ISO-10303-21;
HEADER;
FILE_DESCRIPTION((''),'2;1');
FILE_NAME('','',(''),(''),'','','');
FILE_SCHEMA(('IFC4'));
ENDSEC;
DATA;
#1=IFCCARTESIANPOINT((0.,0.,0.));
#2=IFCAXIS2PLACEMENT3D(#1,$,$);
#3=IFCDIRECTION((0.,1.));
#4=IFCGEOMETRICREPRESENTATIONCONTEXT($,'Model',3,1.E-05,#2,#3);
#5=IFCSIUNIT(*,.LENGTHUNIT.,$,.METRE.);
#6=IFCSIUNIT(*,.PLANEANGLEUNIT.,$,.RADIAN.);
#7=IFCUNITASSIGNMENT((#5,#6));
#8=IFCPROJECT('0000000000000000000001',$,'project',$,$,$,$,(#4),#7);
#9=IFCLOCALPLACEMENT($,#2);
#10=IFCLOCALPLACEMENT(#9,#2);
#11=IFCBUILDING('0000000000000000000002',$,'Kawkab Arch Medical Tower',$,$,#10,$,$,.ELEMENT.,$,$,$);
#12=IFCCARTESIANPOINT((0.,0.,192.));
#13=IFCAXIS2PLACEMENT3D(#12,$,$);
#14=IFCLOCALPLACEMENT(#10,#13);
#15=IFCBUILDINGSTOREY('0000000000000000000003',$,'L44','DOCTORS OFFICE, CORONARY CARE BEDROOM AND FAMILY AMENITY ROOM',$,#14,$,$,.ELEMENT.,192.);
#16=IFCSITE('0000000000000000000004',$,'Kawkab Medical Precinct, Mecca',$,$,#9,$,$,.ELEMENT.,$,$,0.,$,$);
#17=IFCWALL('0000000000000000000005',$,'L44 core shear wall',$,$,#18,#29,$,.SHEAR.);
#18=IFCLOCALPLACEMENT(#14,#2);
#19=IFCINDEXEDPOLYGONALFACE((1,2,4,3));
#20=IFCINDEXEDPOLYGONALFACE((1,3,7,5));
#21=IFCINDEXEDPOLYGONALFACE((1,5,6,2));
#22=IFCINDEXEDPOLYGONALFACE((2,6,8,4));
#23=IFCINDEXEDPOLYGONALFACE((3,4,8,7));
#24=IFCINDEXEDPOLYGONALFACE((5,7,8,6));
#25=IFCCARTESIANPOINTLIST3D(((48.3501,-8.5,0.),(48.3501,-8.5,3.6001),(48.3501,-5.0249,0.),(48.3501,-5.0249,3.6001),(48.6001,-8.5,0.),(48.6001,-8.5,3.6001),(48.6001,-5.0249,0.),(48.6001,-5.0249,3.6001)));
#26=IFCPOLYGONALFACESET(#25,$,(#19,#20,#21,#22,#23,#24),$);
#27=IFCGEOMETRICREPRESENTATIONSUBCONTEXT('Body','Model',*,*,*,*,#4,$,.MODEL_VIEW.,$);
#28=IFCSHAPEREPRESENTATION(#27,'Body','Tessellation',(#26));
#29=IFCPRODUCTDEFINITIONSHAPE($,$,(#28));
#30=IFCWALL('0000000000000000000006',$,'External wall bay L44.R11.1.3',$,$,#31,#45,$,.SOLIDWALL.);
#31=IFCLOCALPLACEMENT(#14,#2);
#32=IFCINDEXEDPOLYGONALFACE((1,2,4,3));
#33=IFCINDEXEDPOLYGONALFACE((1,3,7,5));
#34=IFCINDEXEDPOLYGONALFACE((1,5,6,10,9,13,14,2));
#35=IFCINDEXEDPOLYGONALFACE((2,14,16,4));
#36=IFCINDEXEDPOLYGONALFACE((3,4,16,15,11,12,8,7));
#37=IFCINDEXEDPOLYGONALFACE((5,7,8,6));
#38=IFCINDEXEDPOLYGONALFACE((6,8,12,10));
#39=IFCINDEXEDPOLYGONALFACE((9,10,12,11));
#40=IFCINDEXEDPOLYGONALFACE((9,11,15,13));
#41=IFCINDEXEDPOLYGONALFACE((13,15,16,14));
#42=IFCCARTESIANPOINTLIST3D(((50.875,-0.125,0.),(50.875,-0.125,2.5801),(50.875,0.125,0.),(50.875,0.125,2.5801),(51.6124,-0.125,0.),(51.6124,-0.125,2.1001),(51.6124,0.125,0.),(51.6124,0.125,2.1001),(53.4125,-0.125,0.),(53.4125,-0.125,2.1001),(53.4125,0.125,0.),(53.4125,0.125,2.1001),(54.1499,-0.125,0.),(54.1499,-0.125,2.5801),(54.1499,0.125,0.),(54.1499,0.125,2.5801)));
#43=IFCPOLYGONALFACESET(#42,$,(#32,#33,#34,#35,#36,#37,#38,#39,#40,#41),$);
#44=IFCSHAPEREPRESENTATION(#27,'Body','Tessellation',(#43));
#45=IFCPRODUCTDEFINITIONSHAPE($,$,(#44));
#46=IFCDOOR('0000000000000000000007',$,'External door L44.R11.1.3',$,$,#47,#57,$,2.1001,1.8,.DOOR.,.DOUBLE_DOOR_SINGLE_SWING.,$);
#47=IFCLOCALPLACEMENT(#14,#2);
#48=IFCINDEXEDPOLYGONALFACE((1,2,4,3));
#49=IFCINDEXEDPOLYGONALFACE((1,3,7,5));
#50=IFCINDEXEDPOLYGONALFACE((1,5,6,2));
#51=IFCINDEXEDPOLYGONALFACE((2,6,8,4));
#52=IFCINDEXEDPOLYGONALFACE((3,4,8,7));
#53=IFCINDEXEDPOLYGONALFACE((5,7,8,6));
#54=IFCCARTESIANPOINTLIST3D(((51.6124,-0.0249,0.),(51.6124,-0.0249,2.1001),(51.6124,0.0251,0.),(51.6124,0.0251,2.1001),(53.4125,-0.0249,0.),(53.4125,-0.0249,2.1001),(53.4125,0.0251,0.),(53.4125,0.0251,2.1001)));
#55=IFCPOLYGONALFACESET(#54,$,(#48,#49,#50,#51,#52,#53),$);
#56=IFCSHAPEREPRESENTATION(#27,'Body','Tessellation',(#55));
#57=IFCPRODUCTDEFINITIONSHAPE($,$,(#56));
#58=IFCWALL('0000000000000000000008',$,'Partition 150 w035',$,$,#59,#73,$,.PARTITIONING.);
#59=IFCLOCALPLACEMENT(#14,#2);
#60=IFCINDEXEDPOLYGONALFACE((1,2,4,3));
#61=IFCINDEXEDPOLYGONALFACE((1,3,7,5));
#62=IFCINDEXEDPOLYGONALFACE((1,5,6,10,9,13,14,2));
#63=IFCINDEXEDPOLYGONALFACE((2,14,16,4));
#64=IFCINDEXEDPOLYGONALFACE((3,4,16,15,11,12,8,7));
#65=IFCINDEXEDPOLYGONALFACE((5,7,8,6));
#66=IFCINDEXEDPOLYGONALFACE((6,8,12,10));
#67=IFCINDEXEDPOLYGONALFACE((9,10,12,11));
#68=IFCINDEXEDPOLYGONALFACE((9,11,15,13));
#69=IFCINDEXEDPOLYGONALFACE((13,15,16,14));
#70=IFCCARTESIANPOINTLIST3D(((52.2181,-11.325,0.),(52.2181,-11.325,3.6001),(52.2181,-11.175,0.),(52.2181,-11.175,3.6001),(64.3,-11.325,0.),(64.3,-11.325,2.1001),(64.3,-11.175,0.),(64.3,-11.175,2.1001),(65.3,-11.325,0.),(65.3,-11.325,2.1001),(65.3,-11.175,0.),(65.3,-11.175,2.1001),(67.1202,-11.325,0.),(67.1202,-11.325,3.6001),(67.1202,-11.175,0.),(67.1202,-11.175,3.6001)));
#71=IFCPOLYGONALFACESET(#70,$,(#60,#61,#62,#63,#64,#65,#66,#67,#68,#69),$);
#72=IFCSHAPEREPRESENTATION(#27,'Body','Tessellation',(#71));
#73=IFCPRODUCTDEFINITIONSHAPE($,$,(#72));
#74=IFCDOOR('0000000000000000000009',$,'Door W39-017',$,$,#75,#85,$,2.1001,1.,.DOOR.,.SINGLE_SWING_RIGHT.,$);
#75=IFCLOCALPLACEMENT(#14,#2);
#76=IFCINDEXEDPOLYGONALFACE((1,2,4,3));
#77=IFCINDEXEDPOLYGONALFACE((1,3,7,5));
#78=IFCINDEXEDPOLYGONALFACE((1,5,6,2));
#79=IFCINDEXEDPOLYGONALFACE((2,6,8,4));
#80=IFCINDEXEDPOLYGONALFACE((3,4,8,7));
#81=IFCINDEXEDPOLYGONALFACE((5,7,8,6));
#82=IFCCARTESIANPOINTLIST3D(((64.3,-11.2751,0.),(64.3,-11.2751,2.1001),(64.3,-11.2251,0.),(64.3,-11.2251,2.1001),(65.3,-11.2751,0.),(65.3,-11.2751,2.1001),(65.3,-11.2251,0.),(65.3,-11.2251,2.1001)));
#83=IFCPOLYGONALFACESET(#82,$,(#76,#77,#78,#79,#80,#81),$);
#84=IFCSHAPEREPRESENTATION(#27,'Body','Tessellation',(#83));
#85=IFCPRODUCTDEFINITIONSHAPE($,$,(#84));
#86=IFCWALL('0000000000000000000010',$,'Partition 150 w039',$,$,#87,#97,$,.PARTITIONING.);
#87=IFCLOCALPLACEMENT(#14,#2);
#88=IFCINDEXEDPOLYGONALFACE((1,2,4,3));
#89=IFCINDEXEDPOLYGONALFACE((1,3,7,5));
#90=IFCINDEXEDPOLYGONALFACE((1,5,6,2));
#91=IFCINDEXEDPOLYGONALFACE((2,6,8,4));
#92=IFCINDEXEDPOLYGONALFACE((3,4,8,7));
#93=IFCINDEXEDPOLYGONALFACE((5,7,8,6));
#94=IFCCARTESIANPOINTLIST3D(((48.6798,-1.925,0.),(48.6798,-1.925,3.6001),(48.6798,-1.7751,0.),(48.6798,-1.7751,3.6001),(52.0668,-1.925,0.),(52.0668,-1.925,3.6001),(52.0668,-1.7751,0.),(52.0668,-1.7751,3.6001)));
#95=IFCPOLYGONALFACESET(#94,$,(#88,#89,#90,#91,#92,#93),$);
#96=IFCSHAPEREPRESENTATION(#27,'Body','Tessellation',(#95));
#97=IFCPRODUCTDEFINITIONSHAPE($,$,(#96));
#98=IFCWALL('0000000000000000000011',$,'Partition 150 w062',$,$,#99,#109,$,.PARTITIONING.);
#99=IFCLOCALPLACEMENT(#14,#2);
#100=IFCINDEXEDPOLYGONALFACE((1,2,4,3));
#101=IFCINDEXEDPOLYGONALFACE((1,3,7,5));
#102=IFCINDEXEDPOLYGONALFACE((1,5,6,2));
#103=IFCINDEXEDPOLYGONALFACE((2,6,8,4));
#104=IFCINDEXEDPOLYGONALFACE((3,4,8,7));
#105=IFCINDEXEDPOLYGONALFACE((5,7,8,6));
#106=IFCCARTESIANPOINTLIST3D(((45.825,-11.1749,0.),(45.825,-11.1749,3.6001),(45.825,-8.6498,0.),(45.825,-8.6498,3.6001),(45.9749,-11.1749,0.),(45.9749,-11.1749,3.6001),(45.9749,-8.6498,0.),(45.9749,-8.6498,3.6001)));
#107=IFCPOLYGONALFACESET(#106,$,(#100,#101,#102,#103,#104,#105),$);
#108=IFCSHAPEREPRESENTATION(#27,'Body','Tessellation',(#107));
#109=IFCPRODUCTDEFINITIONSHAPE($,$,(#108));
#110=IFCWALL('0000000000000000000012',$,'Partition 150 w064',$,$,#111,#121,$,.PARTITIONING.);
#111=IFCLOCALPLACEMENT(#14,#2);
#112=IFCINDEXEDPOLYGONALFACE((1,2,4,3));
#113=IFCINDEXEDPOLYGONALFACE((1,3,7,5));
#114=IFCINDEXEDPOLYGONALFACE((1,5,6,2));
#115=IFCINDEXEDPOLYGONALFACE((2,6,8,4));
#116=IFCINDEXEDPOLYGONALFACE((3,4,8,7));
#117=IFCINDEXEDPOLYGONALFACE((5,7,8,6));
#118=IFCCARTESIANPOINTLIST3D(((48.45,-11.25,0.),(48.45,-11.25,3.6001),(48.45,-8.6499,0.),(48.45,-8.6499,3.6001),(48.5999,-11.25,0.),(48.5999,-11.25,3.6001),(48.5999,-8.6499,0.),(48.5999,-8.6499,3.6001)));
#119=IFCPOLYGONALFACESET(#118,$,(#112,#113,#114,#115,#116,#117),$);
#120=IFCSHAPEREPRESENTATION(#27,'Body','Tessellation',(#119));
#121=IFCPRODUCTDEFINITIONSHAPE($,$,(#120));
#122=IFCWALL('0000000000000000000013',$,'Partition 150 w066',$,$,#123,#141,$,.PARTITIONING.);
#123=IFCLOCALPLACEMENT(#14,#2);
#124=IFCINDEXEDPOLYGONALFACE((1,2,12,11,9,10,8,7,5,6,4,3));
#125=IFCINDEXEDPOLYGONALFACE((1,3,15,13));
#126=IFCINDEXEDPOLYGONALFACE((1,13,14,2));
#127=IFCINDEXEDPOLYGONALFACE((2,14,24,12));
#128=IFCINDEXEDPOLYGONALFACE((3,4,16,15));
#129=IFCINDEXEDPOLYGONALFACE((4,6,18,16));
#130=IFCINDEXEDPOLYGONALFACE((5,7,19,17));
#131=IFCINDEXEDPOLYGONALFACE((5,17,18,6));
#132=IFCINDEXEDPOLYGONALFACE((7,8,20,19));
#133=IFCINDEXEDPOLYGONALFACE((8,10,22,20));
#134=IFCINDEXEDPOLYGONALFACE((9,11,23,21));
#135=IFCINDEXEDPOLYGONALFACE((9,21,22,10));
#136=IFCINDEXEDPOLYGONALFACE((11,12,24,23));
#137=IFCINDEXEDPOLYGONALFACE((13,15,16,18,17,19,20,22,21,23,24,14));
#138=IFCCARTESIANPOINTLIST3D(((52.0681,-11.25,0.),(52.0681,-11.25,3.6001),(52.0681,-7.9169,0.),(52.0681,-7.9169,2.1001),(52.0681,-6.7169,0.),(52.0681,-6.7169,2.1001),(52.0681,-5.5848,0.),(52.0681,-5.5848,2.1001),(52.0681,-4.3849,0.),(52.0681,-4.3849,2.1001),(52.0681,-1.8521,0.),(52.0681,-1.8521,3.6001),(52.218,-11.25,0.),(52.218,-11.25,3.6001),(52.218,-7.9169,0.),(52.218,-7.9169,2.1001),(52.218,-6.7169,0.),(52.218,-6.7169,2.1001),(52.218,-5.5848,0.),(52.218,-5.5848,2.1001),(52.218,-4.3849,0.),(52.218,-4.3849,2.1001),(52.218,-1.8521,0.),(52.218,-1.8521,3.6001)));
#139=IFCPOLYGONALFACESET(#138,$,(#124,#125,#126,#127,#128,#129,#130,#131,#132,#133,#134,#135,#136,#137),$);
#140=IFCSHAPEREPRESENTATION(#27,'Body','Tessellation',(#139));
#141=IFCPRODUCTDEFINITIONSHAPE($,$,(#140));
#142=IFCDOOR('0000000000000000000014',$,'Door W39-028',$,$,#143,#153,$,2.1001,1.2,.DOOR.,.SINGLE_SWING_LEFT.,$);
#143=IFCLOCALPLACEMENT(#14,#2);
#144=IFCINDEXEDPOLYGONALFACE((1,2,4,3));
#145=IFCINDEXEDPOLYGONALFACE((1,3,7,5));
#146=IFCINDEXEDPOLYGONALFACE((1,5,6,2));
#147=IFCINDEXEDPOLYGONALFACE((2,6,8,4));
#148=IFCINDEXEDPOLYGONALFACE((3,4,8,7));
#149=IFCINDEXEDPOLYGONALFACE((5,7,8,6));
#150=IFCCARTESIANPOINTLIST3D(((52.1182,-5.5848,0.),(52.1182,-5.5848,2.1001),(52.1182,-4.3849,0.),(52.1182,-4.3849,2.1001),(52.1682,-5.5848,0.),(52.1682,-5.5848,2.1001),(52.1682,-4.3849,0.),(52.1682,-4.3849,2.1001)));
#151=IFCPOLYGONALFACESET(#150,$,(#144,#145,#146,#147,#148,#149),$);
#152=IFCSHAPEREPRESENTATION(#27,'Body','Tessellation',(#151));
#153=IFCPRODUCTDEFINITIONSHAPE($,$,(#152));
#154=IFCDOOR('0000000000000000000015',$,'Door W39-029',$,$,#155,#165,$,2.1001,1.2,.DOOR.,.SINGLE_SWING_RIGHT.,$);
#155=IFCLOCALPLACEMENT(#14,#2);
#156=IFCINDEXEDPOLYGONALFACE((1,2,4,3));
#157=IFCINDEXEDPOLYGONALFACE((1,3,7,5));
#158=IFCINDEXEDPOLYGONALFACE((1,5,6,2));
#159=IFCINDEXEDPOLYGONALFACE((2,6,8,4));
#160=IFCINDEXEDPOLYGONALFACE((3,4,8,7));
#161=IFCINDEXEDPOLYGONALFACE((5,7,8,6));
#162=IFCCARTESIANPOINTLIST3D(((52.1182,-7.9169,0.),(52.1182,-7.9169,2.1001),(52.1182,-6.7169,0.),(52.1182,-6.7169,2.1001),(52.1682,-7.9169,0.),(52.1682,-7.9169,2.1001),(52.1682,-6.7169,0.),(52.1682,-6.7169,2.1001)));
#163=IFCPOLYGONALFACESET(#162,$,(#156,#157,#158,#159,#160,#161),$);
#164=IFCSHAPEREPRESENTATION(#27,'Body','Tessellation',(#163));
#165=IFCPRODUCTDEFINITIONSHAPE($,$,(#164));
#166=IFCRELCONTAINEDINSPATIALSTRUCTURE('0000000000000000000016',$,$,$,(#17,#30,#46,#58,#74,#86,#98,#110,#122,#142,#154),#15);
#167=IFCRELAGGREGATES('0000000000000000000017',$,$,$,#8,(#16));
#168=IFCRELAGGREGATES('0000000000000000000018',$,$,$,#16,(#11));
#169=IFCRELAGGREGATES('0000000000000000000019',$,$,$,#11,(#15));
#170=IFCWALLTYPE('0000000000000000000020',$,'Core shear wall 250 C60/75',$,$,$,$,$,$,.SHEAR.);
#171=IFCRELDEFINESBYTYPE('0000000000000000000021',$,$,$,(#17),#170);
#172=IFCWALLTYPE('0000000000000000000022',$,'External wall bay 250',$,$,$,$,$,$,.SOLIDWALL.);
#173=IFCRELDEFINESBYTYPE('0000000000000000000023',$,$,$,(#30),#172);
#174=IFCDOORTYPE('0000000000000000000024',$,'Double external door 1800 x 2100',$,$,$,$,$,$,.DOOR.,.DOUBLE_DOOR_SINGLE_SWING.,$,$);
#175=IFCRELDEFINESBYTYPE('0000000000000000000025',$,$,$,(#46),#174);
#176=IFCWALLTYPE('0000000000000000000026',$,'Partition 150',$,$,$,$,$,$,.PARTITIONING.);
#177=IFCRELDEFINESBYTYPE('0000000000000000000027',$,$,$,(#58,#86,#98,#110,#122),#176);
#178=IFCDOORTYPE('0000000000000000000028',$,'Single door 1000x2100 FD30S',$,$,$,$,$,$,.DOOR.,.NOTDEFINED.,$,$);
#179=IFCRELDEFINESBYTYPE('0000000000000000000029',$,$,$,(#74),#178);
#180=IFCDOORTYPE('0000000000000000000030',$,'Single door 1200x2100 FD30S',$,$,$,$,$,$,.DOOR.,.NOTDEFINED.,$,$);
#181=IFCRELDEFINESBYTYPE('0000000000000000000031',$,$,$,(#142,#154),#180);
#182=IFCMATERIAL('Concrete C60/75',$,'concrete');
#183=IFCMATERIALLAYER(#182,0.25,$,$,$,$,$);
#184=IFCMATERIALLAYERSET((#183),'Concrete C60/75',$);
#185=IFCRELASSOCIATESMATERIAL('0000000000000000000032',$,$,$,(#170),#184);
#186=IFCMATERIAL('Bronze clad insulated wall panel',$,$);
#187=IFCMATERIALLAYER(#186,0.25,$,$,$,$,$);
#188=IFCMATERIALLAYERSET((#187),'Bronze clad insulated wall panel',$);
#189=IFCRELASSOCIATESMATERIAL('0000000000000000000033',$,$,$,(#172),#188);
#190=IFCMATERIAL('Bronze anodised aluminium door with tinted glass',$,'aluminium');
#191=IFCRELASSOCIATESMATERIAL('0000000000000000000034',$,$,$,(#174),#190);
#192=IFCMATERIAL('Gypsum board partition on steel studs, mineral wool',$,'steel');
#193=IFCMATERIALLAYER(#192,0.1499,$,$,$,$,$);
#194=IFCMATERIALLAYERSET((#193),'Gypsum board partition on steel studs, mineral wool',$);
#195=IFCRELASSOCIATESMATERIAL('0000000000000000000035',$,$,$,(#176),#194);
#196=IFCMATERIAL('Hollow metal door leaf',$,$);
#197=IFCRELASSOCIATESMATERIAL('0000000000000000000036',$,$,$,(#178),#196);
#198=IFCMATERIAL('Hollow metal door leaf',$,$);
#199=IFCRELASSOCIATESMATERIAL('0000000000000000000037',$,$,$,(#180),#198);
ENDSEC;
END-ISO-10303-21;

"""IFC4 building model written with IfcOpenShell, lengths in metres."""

from ifc_helpers import new_model, si_unit, direction, frame, frame_2d, origin, place, context, subcontext, project, spatial, rectangle, extrude, material, layer, layer_set, type_object, element, fill, save


model = new_model("IFC4")

# Units and contexts
model_context = context("Model", 3, precision=1e-05, world=origin(), true_north=direction((0.0, 1.0)))
body_context = subcontext(model_context, "Body", "Model", "MODEL_VIEW")
ifc_project = project(units=[si_unit("LENGTHUNIT", "METRE"), si_unit("PLANEANGLEUNIT", "RADIAN")], contexts=[model_context])

# Site, building, storey
site_placement = place(None, origin())
site = spatial("IfcSite", under=ifc_project, at=site_placement, Name="Kawkab Medical Precinct, Mecca", CompositionType="ELEMENT", RefElevation=0.0)
building_placement = place(site_placement, origin())
building = spatial("IfcBuilding", under=site, at=building_placement, Name="Kawkab Arch Medical Tower", CompositionType="ELEMENT")
storey_placement = place(building_placement, frame((0.0, 0.0, 192.0)))
storey = spatial("IfcBuildingStorey", under=building, at=storey_placement, Name="L44", Description="DOCTORS OFFICE, CORONARY CARE BEDROOM AND FAMILY AMENITY ROOM", CompositionType="ELEMENT", Elevation=192.0)

# Shared definitions
ifc_material_1 = material(Name="Concrete C60/75", Category="concrete")
ifc_layer_1 = layer(ifc_material_1, 0.25)
ifc_layer_set_1 = layer_set([ifc_layer_1], Name="Concrete C60/75")
wall_type_1 = type_object("IfcWallType", Name="Core shear wall 250 C60/75", PredefinedType="SHEAR", material=ifc_layer_set_1)

# Wall
wall_1_placement = place(storey_placement, frame((48.4751, -8.5, 0.0), z_axis=(0.0, 0.0, 1.0), x_axis=(0.0, 1.0, 0.0)))
element("IfcWall", 1, at=wall_1_placement, inside=storey, type_object=wall_type_1, Name="L44 core shear wall", PredefinedType="SHEAR", context=body_context, shape_type="SweptSolid", body=[
    extrude(rectangle(XDim=3.4751, YDim=0.25, at=frame_2d((1.7375, 0.0))), origin(), (0.0, 0.0, 1.0), 3.6001),
])

# Walls, openings, doors
ifc_material_2 = material(Name="Bronze clad insulated wall panel")
ifc_layer_2 = layer(ifc_material_2, 0.25)
ifc_layer_set_2 = layer_set([ifc_layer_2], Name="Bronze clad insulated wall panel")
wall_type_2 = type_object("IfcWallType", Name="External wall bay 250", PredefinedType="SOLIDWALL", material=ifc_layer_set_2)
wall_2_placement = place(storey_placement, frame((54.1499, 0.0, 0.0), z_axis=(0.0, 0.0, 1.0), x_axis=(-1.0, 0.0, 0.0)))
wall_2 = element("IfcWall", 2, at=wall_2_placement, inside=storey, type_object=wall_type_2, Name="External wall bay L44.R11.1.3", PredefinedType="SOLIDWALL", context=body_context, shape_type="SweptSolid", body=[
    extrude(rectangle(XDim=3.2749, YDim=0.25, at=frame_2d((1.6375, 0.0))), origin(), (0.0, 0.0, 1.0), 2.5801),
])
opening_1_placement = place(wall_2_placement, frame((0.7375, 0.0, 0.0)))
opening_1 = element("IfcOpeningElement", 3, at=opening_1_placement, cuts=wall_2, PredefinedType="OPENING", context=body_context, shape_type="SweptSolid", body=[
    extrude(rectangle(XDim=1.8, YDim=2.1001, at=frame_2d((0.8999, 1.05))), frame((0.0, 0.135, 0.0), z_axis=(0.0, -1.0, 0.0), x_axis=(1.0, 0.0, 0.0)), (0.0, 0.0, 1.0), 0.27),
])
ifc_material_3 = material(Name="Bronze anodised aluminium door with tinted glass", Category="aluminium")
door_type_1 = type_object("IfcDoorType", Name="Double external door 1800 x 2100", OperationType="DOUBLE_DOOR_SINGLE_SWING", PredefinedType="DOOR", material=ifc_material_3)
door_1_placement = place(opening_1_placement, origin())
door_1 = element("IfcDoor", 4, at=door_1_placement, inside=storey, type_object=door_type_1, Name="External door L44.R11.1.3", OperationType="DOUBLE_DOOR_SINGLE_SWING", OverallHeight=2.1001, OverallWidth=1.8, PredefinedType="DOOR", context=body_context, shape_type="SweptSolid", body=[
    extrude(rectangle(XDim=1.8, YDim=2.1001, at=frame_2d((0.8999, 1.05))), frame((0.0, 0.0249, 0.0), z_axis=(0.0, -1.0, 0.0), x_axis=(1.0, 0.0, 0.0)), (0.0, 0.0, 1.0), 0.05),
])
fill(opening_1, door_1)
ifc_material_4 = material(Name="Gypsum board partition on steel studs, mineral wool", Category="steel")
ifc_layer_3 = layer(ifc_material_4, 0.1499)
ifc_layer_set_3 = layer_set([ifc_layer_3], Name="Gypsum board partition on steel studs, mineral wool")
wall_type_3 = type_object("IfcWallType", Name="Partition 150", PredefinedType="PARTITIONING", material=ifc_layer_set_3)
wall_3_placement = place(storey_placement, frame((52.218, -11.25, 0.0), z_axis=(0.0, 0.0, 1.0), x_axis=(1.0, 0.0, 0.0)))
wall_3 = element("IfcWall", 5, at=wall_3_placement, inside=storey, type_object=wall_type_3, Name="Partition 150 w035", PredefinedType="PARTITIONING", context=body_context, shape_type="SweptSolid", body=[
    extrude(rectangle(XDim=14.9021, YDim=0.1499, at=frame_2d((7.4512, 0.0))), origin(), (0.0, 0.0, 1.0), 3.6001),
])
opening_2_placement = place(wall_3_placement, frame((12.082, 0.0, 0.0)))
opening_2 = element("IfcOpeningElement", 6, at=opening_2_placement, cuts=wall_3, PredefinedType="OPENING", context=body_context, shape_type="SweptSolid", body=[
    extrude(rectangle(XDim=1.0, YDim=2.1001, at=frame_2d((0.5, 1.05))), frame((0.0, 0.085, 0.0), z_axis=(0.0, -1.0, 0.0), x_axis=(1.0, 0.0, 0.0)), (0.0, 0.0, 1.0), 0.1699),
])
ifc_material_5 = material(Name="Hollow metal door leaf")
door_type_2 = type_object("IfcDoorType", Name="Single door 1000x2100 FD30S", OperationType="NOTDEFINED", PredefinedType="DOOR", material=ifc_material_5)
door_2_placement = place(opening_2_placement, origin())
door_2 = element("IfcDoor", 7, at=door_2_placement, inside=storey, type_object=door_type_2, Name="Door W39-017", OperationType="SINGLE_SWING_RIGHT", OverallHeight=2.1001, OverallWidth=1.0, PredefinedType="DOOR", context=body_context, shape_type="SweptSolid", body=[
    extrude(rectangle(XDim=1.0, YDim=2.1001, at=frame_2d((0.5, 1.05))), frame((0.0, 0.0249, 0.0), z_axis=(0.0, -1.0, 0.0), x_axis=(1.0, 0.0, 0.0)), (0.0, 0.0, 1.0), 0.05),
])
fill(opening_2, door_2)

# Walls
wall_4_placement = place(storey_placement, frame((48.6799, -1.8501, 0.0), z_axis=(0.0, 0.0, 1.0), x_axis=(1.0, 0.0, 0.0)))
element("IfcWall", 8, at=wall_4_placement, inside=storey, type_object=wall_type_3, Name="Partition 150 w039", PredefinedType="PARTITIONING", context=body_context, shape_type="SweptSolid", body=[
    extrude(rectangle(XDim=3.387, YDim=0.1499, at=frame_2d((1.6934, 0.0))), origin(), (0.0, 0.0, 1.0), 3.6001),
])
wall_5_placement = place(storey_placement, frame((45.8999, -11.175, 0.0), z_axis=(0.0, 0.0, 1.0), x_axis=(0.0, 1.0, 0.0)))
element("IfcWall", 9, at=wall_5_placement, inside=storey, type_object=wall_type_3, Name="Partition 150 w062", PredefinedType="PARTITIONING", context=body_context, shape_type="SweptSolid", body=[
    extrude(rectangle(XDim=2.5251, YDim=0.1499, at=frame_2d((1.2627, 0.0))), origin(), (0.0, 0.0, 1.0), 3.6001),
])
wall_6_placement = place(storey_placement, frame((48.5249, -11.25, 0.0), z_axis=(0.0, 0.0, 1.0), x_axis=(0.0, 1.0, 0.0)))
element("IfcWall", 10, at=wall_6_placement, inside=storey, type_object=wall_type_3, Name="Partition 150 w064", PredefinedType="PARTITIONING", context=body_context, shape_type="SweptSolid", body=[
    extrude(rectangle(XDim=2.6001, YDim=0.1499, at=frame_2d((1.3, 0.0))), origin(), (0.0, 0.0, 1.0), 3.6001),
])

# Wall, openings, doors
wall_7_placement = place(storey_placement, frame((52.1431, -11.25, 0.0), z_axis=(0.0, 0.0, 1.0), x_axis=(0.0, 1.0, 0.0)))
wall_7 = element("IfcWall", 11, at=wall_7_placement, inside=storey, type_object=wall_type_3, Name="Partition 150 w066", PredefinedType="PARTITIONING", context=body_context, shape_type="SweptSolid", body=[
    extrude(rectangle(XDim=9.3979, YDim=0.1499, at=frame_2d((4.699, 0.0))), origin(), (0.0, 0.0, 1.0), 3.6001),
])
opening_3_placement = place(wall_7_placement, frame((5.665, 0.0, 0.0)))
opening_3 = element("IfcOpeningElement", 12, at=opening_3_placement, cuts=wall_7, PredefinedType="OPENING", context=body_context, shape_type="SweptSolid", body=[
    extrude(rectangle(XDim=1.2, YDim=2.1001, at=frame_2d((0.6001, 1.05))), frame((0.0, 0.085, 0.0), z_axis=(0.0, -1.0, 0.0), x_axis=(1.0, 0.0, 0.0)), (0.0, 0.0, 1.0), 0.1699),
])
opening_4_placement = place(wall_7_placement, frame((3.333, 0.0, 0.0)))
opening_4 = element("IfcOpeningElement", 13, at=opening_4_placement, cuts=wall_7, PredefinedType="OPENING", context=body_context, shape_type="SweptSolid", body=[
    extrude(rectangle(XDim=1.2, YDim=2.1001, at=frame_2d((0.6001, 1.05))), frame((0.0, 0.085, 0.0), z_axis=(0.0, -1.0, 0.0), x_axis=(1.0, 0.0, 0.0)), (0.0, 0.0, 1.0), 0.1699),
])
ifc_material_6 = material(Name="Hollow metal door leaf")
door_type_3 = type_object("IfcDoorType", Name="Single door 1200x2100 FD30S", OperationType="NOTDEFINED", PredefinedType="DOOR", material=ifc_material_6)
door_3_placement = place(opening_3_placement, origin())
door_3 = element("IfcDoor", 14, at=door_3_placement, inside=storey, type_object=door_type_3, Name="Door W39-028", OperationType="SINGLE_SWING_LEFT", OverallHeight=2.1001, OverallWidth=1.2, PredefinedType="DOOR", context=body_context, shape_type="SweptSolid", body=[
    extrude(rectangle(XDim=1.2, YDim=2.1001, at=frame_2d((0.6001, 1.05))), frame((0.0, 0.0249, 0.0), z_axis=(0.0, -1.0, 0.0), x_axis=(1.0, 0.0, 0.0)), (0.0, 0.0, 1.0), 0.05),
])
fill(opening_3, door_3)
door_4_placement = place(opening_4_placement, origin())
door_4 = element("IfcDoor", 15, at=door_4_placement, inside=storey, type_object=door_type_3, Name="Door W39-029", OperationType="SINGLE_SWING_RIGHT", OverallHeight=2.1001, OverallWidth=1.2, PredefinedType="DOOR", context=body_context, shape_type="SweptSolid", body=[
    extrude(rectangle(XDim=1.2, YDim=2.1001, at=frame_2d((0.6001, 1.05))), frame((0.0, 0.0249, 0.0), z_axis=(0.0, -1.0, 0.0), x_axis=(1.0, 0.0, 0.0)), (0.0, 0.0, 1.0), 0.05),
])
fill(opening_4, door_4)

save(model, "model.ifc")
